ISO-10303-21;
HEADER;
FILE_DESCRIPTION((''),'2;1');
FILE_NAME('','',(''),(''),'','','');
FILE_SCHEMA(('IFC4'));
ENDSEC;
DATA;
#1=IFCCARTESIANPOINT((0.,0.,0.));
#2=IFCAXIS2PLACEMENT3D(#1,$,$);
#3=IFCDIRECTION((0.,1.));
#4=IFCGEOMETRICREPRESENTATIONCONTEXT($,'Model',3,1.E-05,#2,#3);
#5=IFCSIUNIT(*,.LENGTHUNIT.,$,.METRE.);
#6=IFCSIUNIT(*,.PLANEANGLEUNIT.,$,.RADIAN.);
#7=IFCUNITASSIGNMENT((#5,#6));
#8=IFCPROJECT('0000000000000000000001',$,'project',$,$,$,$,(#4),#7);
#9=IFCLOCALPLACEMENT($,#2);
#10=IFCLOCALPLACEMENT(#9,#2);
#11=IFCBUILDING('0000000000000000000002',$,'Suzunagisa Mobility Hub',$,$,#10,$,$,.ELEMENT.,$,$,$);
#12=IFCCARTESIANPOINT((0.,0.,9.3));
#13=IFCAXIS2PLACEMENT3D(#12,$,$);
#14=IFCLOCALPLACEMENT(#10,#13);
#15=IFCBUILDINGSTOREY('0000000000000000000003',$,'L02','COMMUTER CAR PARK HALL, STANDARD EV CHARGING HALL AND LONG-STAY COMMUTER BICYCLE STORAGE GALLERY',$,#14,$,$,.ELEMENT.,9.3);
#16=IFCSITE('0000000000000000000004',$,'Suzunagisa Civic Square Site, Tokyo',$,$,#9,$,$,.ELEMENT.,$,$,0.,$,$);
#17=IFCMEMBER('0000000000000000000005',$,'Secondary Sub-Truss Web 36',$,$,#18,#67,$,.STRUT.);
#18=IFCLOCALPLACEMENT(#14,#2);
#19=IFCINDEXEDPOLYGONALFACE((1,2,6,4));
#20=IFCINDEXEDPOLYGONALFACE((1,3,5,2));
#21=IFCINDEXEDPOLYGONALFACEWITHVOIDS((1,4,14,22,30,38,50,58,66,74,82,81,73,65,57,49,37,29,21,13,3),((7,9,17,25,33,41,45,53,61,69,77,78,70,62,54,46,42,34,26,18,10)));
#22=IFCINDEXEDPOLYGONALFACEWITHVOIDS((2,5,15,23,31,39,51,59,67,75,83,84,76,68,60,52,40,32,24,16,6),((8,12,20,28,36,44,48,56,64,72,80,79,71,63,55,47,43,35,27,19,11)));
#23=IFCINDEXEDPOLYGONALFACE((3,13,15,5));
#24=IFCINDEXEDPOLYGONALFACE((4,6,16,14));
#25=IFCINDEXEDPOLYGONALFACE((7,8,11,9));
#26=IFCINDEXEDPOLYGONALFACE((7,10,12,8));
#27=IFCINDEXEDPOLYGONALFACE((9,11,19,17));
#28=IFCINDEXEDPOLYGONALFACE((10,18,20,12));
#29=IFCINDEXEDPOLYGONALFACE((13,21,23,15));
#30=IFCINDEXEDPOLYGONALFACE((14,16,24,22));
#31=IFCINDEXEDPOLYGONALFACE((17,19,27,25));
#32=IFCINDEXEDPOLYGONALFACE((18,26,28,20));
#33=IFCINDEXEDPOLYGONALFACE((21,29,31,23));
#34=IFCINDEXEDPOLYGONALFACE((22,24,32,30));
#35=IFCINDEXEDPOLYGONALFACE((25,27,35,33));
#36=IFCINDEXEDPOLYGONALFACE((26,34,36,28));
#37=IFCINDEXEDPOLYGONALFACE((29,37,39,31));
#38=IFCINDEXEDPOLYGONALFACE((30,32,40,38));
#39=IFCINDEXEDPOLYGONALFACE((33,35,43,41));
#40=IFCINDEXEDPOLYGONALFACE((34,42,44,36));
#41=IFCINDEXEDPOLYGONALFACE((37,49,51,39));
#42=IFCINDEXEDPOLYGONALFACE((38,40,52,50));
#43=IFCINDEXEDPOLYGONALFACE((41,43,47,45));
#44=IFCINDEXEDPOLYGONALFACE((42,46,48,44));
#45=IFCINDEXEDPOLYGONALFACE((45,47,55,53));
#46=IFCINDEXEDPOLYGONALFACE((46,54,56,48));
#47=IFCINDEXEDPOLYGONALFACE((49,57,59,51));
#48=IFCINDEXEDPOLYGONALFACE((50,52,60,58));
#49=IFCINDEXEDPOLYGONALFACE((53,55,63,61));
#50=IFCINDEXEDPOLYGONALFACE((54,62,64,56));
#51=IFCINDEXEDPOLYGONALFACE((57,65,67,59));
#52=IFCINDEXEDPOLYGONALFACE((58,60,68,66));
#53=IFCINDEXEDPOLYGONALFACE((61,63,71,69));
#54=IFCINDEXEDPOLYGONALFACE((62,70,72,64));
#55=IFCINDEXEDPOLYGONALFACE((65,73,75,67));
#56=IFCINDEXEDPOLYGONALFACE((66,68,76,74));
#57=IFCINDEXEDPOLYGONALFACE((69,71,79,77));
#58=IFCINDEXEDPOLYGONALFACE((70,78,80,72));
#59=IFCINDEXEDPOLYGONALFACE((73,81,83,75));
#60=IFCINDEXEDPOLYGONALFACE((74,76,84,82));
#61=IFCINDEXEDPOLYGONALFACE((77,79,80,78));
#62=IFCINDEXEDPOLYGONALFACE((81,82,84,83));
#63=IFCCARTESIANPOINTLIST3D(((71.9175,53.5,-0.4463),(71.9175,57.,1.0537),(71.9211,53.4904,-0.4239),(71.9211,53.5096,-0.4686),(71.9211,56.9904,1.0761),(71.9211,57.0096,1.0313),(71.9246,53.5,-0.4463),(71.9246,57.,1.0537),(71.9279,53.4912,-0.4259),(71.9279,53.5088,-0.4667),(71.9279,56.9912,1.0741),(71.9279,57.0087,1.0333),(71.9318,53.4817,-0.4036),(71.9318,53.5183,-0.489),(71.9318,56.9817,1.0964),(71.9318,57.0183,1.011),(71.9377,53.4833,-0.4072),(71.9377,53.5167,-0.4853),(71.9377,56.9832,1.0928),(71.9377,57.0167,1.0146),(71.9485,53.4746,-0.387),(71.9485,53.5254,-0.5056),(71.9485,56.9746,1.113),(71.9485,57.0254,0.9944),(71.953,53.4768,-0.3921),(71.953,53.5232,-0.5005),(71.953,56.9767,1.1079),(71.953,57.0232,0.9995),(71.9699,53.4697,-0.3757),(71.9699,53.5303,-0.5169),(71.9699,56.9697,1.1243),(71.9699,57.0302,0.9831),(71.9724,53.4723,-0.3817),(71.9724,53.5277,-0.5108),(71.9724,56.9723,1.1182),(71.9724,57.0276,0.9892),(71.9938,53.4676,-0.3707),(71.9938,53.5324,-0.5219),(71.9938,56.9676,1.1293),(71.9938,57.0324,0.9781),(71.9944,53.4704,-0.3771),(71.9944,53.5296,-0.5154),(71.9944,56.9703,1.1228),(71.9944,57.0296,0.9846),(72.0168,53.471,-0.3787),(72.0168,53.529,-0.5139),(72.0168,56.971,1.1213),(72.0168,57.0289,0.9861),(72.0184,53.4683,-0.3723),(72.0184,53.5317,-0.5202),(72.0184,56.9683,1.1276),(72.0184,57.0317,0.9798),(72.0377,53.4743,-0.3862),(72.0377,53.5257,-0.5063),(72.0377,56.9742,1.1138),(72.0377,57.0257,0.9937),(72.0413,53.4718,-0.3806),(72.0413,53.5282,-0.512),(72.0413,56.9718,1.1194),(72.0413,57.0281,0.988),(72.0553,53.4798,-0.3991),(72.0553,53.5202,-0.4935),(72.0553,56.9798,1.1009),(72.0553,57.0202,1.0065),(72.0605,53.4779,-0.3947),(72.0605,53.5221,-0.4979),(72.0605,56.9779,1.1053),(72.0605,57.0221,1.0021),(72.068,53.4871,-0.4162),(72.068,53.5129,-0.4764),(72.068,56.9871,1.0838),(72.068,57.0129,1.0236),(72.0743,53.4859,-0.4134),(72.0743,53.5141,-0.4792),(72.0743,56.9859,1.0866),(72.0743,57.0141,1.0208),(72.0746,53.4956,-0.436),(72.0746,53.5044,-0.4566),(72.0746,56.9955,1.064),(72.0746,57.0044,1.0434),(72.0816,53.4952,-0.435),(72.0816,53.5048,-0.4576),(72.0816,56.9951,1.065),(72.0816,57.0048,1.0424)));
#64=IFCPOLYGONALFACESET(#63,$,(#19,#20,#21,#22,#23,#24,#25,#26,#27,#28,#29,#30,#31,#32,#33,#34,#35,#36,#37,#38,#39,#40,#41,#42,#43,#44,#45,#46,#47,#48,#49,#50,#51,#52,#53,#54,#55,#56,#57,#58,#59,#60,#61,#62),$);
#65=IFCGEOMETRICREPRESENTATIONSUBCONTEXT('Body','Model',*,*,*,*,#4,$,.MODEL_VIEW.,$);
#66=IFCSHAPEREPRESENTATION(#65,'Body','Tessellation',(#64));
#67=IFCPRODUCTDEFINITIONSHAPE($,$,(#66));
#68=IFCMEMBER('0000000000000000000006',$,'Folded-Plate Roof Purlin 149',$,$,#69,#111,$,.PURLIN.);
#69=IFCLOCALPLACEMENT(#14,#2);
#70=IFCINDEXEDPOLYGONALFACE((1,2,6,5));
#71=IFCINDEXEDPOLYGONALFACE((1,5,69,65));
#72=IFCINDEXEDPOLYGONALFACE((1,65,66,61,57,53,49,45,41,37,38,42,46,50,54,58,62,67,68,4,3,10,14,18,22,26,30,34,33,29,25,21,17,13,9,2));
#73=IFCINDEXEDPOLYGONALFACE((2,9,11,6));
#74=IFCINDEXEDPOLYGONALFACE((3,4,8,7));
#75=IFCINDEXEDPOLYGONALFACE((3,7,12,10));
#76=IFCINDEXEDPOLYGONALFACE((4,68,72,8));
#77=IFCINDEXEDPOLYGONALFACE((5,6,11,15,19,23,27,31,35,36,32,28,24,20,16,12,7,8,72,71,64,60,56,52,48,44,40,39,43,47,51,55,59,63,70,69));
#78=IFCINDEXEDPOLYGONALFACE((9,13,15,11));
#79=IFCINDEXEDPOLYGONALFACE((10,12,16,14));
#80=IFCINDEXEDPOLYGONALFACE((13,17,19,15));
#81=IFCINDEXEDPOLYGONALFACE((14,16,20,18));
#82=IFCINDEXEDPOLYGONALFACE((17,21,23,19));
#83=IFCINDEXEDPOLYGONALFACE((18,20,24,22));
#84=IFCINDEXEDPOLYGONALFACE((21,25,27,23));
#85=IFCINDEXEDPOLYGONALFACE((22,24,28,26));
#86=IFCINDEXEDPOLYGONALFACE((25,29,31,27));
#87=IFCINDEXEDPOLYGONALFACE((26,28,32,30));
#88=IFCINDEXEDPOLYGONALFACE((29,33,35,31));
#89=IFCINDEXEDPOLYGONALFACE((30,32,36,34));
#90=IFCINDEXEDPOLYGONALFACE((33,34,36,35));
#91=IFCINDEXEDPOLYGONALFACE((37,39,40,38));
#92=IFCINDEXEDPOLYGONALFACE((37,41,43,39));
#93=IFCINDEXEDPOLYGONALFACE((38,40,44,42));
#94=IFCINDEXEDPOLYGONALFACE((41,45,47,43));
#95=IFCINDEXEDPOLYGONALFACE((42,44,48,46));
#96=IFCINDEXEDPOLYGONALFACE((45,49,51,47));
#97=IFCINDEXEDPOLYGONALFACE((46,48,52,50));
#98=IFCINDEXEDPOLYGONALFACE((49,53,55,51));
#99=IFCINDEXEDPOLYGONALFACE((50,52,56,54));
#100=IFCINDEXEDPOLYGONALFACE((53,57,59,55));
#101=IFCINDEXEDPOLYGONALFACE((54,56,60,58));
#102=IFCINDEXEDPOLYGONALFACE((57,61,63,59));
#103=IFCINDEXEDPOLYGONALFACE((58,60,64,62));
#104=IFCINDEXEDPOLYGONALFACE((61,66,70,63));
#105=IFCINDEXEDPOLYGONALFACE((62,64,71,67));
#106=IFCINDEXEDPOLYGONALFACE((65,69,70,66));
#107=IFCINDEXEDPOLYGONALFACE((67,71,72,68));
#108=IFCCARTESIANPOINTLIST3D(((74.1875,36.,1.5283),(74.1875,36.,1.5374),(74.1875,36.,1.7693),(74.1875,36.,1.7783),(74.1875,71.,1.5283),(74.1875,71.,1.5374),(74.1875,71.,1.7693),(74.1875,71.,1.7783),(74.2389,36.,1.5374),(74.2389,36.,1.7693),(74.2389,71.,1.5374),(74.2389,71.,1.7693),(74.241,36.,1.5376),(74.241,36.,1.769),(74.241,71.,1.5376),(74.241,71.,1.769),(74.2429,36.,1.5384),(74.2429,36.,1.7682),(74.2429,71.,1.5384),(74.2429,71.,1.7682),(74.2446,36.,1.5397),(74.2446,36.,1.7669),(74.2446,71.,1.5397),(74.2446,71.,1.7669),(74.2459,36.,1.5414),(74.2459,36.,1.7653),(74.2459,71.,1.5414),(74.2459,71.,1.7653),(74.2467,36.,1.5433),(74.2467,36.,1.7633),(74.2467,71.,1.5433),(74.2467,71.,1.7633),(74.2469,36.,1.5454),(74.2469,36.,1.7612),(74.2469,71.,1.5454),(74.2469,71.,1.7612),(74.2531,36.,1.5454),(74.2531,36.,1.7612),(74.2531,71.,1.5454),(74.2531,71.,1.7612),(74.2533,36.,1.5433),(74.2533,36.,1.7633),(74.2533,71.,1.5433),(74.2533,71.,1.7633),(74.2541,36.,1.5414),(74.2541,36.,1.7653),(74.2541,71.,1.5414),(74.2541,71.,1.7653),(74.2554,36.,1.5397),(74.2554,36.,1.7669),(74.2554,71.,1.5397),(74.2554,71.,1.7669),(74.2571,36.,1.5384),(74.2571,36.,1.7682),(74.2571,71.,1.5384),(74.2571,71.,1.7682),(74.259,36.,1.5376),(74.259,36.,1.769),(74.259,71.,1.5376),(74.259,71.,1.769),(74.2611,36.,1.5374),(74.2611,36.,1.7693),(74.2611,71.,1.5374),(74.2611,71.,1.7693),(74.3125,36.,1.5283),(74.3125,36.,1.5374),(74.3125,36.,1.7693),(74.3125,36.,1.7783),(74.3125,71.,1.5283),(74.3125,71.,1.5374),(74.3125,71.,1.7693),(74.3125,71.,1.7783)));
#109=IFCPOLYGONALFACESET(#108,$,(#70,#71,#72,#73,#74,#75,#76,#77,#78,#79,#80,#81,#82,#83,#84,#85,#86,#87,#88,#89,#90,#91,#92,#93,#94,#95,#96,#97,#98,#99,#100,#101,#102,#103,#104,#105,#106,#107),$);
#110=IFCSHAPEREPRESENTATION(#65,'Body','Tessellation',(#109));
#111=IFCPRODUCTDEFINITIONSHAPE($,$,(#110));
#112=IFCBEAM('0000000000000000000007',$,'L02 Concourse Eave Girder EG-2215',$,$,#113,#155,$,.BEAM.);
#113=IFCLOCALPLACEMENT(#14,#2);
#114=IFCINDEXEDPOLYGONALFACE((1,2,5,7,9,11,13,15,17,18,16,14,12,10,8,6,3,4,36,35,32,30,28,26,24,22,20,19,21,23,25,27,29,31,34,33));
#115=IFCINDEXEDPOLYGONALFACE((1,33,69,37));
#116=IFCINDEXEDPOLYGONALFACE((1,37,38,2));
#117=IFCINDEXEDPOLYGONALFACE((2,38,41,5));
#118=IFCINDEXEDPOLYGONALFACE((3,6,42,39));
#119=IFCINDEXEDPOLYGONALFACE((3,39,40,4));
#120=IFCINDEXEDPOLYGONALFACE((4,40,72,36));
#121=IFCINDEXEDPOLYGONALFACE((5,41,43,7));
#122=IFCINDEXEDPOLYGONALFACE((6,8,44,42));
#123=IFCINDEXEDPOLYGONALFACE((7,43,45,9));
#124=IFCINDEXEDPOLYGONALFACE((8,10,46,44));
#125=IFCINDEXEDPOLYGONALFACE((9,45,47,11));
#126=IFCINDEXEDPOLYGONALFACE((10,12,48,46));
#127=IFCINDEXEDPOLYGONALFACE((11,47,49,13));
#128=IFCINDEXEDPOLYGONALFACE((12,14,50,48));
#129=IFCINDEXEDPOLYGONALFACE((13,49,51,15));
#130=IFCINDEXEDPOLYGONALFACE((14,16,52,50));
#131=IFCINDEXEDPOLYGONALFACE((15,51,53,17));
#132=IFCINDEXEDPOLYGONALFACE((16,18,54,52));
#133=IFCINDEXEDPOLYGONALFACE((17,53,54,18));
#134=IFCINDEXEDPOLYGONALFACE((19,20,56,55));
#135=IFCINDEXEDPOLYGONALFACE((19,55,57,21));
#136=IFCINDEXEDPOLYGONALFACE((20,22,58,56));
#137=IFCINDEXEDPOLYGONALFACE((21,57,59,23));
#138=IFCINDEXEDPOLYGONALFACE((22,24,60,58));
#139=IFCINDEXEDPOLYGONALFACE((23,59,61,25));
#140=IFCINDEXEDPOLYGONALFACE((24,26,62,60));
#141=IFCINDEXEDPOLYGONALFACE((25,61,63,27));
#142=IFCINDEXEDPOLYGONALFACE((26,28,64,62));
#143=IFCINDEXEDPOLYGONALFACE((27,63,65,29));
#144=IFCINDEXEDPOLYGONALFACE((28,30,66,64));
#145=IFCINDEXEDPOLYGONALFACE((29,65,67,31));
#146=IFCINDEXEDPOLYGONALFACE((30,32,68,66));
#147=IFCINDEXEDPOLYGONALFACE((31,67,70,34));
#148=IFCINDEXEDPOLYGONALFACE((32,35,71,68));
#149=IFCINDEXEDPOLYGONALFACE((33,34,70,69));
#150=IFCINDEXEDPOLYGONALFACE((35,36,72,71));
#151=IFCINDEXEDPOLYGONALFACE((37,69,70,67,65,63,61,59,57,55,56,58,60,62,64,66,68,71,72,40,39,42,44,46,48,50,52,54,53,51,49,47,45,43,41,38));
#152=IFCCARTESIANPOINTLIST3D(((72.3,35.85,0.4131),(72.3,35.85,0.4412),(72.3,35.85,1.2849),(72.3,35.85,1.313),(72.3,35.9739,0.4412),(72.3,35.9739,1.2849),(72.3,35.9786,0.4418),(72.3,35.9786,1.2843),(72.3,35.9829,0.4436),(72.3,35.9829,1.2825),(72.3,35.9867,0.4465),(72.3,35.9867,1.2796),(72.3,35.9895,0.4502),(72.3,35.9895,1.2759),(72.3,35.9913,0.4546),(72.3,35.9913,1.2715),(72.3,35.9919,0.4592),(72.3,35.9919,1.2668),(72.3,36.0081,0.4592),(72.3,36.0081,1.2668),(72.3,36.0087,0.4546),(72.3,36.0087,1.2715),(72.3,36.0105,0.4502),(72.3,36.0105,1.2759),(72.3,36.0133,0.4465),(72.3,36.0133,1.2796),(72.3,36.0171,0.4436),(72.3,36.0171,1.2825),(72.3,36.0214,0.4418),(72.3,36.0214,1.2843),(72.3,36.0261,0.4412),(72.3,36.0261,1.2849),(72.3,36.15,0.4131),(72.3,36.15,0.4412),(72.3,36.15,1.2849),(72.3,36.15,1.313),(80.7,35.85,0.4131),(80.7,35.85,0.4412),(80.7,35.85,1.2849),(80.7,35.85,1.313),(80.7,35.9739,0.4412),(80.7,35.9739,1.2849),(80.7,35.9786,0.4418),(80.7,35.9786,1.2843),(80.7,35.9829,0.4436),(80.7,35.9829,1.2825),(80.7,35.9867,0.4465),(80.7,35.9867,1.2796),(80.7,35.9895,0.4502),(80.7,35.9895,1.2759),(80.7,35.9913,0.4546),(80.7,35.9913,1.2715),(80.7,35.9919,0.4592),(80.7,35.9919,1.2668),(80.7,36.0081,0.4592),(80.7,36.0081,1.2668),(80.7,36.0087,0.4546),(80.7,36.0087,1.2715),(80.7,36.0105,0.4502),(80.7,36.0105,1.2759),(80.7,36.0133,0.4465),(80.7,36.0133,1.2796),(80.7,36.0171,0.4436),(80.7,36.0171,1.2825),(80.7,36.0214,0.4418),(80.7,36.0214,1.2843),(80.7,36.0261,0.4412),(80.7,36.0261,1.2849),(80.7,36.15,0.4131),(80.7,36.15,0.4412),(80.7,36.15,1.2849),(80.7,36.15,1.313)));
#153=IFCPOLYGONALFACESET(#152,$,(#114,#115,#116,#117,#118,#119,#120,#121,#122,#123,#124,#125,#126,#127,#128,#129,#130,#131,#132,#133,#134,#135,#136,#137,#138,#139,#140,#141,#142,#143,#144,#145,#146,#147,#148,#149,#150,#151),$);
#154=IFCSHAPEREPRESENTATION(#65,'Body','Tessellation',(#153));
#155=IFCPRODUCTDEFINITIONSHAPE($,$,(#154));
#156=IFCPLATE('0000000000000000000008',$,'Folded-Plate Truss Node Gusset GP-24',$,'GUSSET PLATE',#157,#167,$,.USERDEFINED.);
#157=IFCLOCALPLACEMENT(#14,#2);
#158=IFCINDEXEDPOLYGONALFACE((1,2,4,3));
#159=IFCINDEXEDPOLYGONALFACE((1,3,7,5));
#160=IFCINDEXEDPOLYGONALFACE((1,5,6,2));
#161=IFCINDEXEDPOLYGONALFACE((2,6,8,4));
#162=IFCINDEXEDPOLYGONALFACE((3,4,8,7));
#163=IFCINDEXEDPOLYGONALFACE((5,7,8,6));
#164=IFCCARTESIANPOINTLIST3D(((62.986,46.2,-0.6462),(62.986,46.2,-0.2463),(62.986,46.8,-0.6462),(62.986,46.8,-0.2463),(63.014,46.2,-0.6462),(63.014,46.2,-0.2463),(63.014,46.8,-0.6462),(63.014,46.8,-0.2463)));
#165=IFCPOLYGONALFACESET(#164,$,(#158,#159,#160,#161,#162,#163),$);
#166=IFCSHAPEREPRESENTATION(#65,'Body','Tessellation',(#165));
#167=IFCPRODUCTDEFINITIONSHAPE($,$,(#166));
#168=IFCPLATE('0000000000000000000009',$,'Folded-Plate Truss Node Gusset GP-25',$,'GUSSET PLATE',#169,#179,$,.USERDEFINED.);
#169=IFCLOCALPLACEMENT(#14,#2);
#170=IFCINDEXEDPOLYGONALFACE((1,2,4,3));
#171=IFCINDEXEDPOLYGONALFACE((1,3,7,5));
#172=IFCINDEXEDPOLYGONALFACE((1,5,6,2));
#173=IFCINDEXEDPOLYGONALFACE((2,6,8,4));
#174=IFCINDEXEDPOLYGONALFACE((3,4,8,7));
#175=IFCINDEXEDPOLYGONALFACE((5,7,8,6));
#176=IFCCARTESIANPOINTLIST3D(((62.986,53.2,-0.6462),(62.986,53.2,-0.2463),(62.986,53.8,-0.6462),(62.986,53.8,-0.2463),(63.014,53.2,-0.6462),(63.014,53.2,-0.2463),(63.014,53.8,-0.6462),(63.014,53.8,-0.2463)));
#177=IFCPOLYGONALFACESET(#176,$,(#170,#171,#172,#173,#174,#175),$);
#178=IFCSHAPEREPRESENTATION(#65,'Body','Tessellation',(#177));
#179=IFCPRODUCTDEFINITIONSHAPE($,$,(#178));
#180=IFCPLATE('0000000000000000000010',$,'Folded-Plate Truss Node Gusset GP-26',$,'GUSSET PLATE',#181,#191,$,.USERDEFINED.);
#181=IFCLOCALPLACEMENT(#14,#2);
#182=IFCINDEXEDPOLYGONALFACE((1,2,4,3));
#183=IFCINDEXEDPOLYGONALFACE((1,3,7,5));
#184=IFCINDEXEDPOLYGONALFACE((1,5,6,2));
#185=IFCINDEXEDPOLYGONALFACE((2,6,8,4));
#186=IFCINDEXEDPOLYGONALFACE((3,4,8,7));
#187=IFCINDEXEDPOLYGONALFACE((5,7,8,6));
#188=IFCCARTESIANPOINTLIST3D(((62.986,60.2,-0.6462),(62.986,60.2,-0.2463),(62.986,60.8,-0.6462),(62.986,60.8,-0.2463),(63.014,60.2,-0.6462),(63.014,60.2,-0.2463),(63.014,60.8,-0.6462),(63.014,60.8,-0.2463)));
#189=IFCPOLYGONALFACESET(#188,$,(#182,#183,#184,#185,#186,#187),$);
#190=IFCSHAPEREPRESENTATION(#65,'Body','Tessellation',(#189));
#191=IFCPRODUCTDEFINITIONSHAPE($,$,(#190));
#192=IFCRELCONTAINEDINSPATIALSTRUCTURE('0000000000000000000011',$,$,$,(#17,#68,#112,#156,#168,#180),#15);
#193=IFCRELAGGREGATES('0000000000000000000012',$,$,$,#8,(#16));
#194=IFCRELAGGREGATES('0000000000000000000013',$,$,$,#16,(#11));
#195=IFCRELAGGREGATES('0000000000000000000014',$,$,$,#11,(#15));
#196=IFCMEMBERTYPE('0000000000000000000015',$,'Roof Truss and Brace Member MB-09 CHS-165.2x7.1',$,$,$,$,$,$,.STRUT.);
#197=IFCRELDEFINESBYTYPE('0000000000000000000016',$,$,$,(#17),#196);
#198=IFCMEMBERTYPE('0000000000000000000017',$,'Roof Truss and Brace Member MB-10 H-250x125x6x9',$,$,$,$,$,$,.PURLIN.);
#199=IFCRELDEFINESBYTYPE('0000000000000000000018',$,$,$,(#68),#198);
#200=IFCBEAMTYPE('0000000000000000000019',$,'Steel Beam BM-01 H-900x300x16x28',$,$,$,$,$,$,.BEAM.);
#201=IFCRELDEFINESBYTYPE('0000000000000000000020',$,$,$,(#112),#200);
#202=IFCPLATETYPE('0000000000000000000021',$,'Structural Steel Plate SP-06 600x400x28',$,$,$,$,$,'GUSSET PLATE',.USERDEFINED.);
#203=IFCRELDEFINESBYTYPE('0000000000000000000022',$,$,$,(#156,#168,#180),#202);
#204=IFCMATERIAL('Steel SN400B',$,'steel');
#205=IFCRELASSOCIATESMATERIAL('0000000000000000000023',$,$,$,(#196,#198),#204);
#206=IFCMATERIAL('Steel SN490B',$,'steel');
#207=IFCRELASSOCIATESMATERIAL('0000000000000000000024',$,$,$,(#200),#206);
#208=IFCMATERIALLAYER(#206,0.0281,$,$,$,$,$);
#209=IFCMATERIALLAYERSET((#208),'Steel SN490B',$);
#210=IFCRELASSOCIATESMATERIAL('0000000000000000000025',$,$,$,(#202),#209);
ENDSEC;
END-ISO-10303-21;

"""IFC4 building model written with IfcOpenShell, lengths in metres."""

from ifc_helpers import new_model, si_unit, direction, frame, origin, origin_2d, place, context, subcontext, project, spatial, rectangle, hollow_circle, i_section, extrude, material, layer, layer_set, material_profile, profile_set, type_object, element, save


model = new_model("IFC4")

# Units and contexts
model_context = context("Model", 3, precision=1e-05, world=origin(), true_north=direction((0.0, 1.0)))
body_context = subcontext(model_context, "Body", "Model", "MODEL_VIEW")
ifc_project = project(units=[si_unit("LENGTHUNIT", "METRE"), si_unit("PLANEANGLEUNIT", "RADIAN")], contexts=[model_context])

# Site, building, storey
site_placement = place(None, origin())
site = spatial("IfcSite", under=ifc_project, at=site_placement, Name="Suzunagisa Civic Square Site, Tokyo", CompositionType="ELEMENT", RefElevation=0.0)
building_placement = place(site_placement, origin())
building = spatial("IfcBuilding", under=site, at=building_placement, Name="Suzunagisa Mobility Hub", CompositionType="ELEMENT")
storey_placement = place(building_placement, frame((0.0, 0.0, 9.3)))
storey = spatial("IfcBuildingStorey", under=building, at=storey_placement, Name="L02", Description="COMMUTER CAR PARK HALL, STANDARD EV CHARGING HALL AND LONG-STAY COMMUTER BICYCLE STORAGE GALLERY", CompositionType="ELEMENT", Elevation=9.3)

# Members
ifc_material_1 = material(Name="Steel SN490B", Category="steel")
ifc_material_2 = material(Name="Steel SN400B", Category="steel")
ifc_material_profile_1 = material_profile(ifc_material_2, hollow_circle(Radius=0.0825, WallThickness=0.0071, at=origin_2d()), Name="CHS-165.2x7.1")
ifc_profile_set_1 = profile_set([ifc_material_profile_1], Name="Steel SN400B")
member_type_1 = type_object("IfcMemberType", Name="Roof Truss and Brace Member MB-09 CHS-165.2x7.1", PredefinedType="STRUT", material=ifc_profile_set_1)
for number, where, z_axis, x_axis, name in (
    (1, (72.0, 53.5, -0.4463), (0.0, 0.919145, 0.393919), (-1.0, 0.0, 0.0), "Secondary Sub-Truss Web 36"),
):
    element("IfcMember", number, at=place(storey_placement, frame(where, z_axis=z_axis, x_axis=x_axis)), inside=storey, type_object=member_type_1, Name=name, PredefinedType="STRUT", context=body_context, shape_type="SweptSolid", body=[
        extrude(hollow_circle(Radius=0.0825, WallThickness=0.0071, at=origin_2d()), origin(), (0.0, 0.0, 1.0), 3.8079),
    ])
ifc_material_profile_2 = material_profile(ifc_material_2, i_section(OverallWidth=0.125, OverallDepth=0.25, WebThickness=0.0061, FlangeThickness=0.009, FilletRadius=0.0081, at=origin_2d()), Name="H-250x125x6x9")
ifc_profile_set_2 = profile_set([ifc_material_profile_2], Name="Steel SN400B")
member_type_2 = type_object("IfcMemberType", Name="Roof Truss and Brace Member MB-10 H-250x125x6x9", PredefinedType="PURLIN", material=ifc_profile_set_2)
member_1_placement = place(storey_placement, frame((74.25, 36.0, 1.6533), z_axis=(0.0, 1.0, 0.0), x_axis=(-1.0, 0.0, 0.0)))
element("IfcMember", 2, at=member_1_placement, inside=storey, type_object=member_type_2, Name="Folded-Plate Roof Purlin 149", PredefinedType="PURLIN", context=body_context, shape_type="SweptSolid", body=[
    extrude(i_section(OverallWidth=0.125, OverallDepth=0.25, WebThickness=0.0061, FlangeThickness=0.009, FilletRadius=0.0081, at=origin_2d()), origin(), (0.0, 0.0, 1.0), 35.0),
])

# Beam
ifc_material_profile_3 = material_profile(ifc_material_1, i_section(OverallWidth=0.3, OverallDepth=0.8999, WebThickness=0.0161, FlangeThickness=0.0281, FilletRadius=0.0181, at=origin_2d()), Name="H-900x300x16x28")
ifc_profile_set_3 = profile_set([ifc_material_profile_3], Name="Steel SN490B")
beam_type = type_object("IfcBeamType", Name="Steel Beam BM-01 H-900x300x16x28", PredefinedType="BEAM", material=ifc_profile_set_3)
beam_placement = place(storey_placement, frame((72.3, 36.0, 0.863), z_axis=(1.0, 0.0, 0.0), x_axis=(0.0, 1.0, 0.0)))
element("IfcBeam", 3, at=beam_placement, inside=storey, type_object=beam_type, Name="L02 Concourse Eave Girder EG-2215", PredefinedType="BEAM", context=body_context, shape_type="SweptSolid", body=[
    extrude(i_section(OverallWidth=0.3, OverallDepth=0.8999, WebThickness=0.0161, FlangeThickness=0.0281, FilletRadius=0.0181, at=origin_2d()), origin(), (0.0, 0.0, 1.0), 8.3999),
])

# Plates
ifc_layer = layer(ifc_material_1, 0.0281)
ifc_layer_set = layer_set([ifc_layer], Name="Steel SN490B")
plate_type = type_object("IfcPlateType", Name="Structural Steel Plate SP-06 600x400x28", ElementType="GUSSET PLATE", PredefinedType="USERDEFINED", material=ifc_layer_set)
for number, where, z_axis, x_axis, name in (
    (4, (63.0, 46.5, -0.6462), (0.0, 0.0, 1.0), (1.0, 0.0, 0.0), "Folded-Plate Truss Node Gusset GP-24"),
    (5, (63.0, 53.5, -0.6462), (0.0, 0.0, 1.0), (1.0, 0.0, 0.0), "Folded-Plate Truss Node Gusset GP-25"),
    (6, (63.0, 60.5, -0.6462), (0.0, 0.0, 1.0), (1.0, 0.0, 0.0), "Folded-Plate Truss Node Gusset GP-26"),
):
    element("IfcPlate", number, at=place(storey_placement, frame(where, z_axis=z_axis, x_axis=x_axis)), inside=storey, type_object=plate_type, Name=name, ObjectType="GUSSET PLATE", PredefinedType="USERDEFINED", context=body_context, shape_type="SweptSolid", body=[
        extrude(rectangle(XDim=0.0281, YDim=0.6001, at=origin_2d()), origin(), (0.0, 0.0, 1.0), 0.3999),
    ])

save(model, "model.ifc")
